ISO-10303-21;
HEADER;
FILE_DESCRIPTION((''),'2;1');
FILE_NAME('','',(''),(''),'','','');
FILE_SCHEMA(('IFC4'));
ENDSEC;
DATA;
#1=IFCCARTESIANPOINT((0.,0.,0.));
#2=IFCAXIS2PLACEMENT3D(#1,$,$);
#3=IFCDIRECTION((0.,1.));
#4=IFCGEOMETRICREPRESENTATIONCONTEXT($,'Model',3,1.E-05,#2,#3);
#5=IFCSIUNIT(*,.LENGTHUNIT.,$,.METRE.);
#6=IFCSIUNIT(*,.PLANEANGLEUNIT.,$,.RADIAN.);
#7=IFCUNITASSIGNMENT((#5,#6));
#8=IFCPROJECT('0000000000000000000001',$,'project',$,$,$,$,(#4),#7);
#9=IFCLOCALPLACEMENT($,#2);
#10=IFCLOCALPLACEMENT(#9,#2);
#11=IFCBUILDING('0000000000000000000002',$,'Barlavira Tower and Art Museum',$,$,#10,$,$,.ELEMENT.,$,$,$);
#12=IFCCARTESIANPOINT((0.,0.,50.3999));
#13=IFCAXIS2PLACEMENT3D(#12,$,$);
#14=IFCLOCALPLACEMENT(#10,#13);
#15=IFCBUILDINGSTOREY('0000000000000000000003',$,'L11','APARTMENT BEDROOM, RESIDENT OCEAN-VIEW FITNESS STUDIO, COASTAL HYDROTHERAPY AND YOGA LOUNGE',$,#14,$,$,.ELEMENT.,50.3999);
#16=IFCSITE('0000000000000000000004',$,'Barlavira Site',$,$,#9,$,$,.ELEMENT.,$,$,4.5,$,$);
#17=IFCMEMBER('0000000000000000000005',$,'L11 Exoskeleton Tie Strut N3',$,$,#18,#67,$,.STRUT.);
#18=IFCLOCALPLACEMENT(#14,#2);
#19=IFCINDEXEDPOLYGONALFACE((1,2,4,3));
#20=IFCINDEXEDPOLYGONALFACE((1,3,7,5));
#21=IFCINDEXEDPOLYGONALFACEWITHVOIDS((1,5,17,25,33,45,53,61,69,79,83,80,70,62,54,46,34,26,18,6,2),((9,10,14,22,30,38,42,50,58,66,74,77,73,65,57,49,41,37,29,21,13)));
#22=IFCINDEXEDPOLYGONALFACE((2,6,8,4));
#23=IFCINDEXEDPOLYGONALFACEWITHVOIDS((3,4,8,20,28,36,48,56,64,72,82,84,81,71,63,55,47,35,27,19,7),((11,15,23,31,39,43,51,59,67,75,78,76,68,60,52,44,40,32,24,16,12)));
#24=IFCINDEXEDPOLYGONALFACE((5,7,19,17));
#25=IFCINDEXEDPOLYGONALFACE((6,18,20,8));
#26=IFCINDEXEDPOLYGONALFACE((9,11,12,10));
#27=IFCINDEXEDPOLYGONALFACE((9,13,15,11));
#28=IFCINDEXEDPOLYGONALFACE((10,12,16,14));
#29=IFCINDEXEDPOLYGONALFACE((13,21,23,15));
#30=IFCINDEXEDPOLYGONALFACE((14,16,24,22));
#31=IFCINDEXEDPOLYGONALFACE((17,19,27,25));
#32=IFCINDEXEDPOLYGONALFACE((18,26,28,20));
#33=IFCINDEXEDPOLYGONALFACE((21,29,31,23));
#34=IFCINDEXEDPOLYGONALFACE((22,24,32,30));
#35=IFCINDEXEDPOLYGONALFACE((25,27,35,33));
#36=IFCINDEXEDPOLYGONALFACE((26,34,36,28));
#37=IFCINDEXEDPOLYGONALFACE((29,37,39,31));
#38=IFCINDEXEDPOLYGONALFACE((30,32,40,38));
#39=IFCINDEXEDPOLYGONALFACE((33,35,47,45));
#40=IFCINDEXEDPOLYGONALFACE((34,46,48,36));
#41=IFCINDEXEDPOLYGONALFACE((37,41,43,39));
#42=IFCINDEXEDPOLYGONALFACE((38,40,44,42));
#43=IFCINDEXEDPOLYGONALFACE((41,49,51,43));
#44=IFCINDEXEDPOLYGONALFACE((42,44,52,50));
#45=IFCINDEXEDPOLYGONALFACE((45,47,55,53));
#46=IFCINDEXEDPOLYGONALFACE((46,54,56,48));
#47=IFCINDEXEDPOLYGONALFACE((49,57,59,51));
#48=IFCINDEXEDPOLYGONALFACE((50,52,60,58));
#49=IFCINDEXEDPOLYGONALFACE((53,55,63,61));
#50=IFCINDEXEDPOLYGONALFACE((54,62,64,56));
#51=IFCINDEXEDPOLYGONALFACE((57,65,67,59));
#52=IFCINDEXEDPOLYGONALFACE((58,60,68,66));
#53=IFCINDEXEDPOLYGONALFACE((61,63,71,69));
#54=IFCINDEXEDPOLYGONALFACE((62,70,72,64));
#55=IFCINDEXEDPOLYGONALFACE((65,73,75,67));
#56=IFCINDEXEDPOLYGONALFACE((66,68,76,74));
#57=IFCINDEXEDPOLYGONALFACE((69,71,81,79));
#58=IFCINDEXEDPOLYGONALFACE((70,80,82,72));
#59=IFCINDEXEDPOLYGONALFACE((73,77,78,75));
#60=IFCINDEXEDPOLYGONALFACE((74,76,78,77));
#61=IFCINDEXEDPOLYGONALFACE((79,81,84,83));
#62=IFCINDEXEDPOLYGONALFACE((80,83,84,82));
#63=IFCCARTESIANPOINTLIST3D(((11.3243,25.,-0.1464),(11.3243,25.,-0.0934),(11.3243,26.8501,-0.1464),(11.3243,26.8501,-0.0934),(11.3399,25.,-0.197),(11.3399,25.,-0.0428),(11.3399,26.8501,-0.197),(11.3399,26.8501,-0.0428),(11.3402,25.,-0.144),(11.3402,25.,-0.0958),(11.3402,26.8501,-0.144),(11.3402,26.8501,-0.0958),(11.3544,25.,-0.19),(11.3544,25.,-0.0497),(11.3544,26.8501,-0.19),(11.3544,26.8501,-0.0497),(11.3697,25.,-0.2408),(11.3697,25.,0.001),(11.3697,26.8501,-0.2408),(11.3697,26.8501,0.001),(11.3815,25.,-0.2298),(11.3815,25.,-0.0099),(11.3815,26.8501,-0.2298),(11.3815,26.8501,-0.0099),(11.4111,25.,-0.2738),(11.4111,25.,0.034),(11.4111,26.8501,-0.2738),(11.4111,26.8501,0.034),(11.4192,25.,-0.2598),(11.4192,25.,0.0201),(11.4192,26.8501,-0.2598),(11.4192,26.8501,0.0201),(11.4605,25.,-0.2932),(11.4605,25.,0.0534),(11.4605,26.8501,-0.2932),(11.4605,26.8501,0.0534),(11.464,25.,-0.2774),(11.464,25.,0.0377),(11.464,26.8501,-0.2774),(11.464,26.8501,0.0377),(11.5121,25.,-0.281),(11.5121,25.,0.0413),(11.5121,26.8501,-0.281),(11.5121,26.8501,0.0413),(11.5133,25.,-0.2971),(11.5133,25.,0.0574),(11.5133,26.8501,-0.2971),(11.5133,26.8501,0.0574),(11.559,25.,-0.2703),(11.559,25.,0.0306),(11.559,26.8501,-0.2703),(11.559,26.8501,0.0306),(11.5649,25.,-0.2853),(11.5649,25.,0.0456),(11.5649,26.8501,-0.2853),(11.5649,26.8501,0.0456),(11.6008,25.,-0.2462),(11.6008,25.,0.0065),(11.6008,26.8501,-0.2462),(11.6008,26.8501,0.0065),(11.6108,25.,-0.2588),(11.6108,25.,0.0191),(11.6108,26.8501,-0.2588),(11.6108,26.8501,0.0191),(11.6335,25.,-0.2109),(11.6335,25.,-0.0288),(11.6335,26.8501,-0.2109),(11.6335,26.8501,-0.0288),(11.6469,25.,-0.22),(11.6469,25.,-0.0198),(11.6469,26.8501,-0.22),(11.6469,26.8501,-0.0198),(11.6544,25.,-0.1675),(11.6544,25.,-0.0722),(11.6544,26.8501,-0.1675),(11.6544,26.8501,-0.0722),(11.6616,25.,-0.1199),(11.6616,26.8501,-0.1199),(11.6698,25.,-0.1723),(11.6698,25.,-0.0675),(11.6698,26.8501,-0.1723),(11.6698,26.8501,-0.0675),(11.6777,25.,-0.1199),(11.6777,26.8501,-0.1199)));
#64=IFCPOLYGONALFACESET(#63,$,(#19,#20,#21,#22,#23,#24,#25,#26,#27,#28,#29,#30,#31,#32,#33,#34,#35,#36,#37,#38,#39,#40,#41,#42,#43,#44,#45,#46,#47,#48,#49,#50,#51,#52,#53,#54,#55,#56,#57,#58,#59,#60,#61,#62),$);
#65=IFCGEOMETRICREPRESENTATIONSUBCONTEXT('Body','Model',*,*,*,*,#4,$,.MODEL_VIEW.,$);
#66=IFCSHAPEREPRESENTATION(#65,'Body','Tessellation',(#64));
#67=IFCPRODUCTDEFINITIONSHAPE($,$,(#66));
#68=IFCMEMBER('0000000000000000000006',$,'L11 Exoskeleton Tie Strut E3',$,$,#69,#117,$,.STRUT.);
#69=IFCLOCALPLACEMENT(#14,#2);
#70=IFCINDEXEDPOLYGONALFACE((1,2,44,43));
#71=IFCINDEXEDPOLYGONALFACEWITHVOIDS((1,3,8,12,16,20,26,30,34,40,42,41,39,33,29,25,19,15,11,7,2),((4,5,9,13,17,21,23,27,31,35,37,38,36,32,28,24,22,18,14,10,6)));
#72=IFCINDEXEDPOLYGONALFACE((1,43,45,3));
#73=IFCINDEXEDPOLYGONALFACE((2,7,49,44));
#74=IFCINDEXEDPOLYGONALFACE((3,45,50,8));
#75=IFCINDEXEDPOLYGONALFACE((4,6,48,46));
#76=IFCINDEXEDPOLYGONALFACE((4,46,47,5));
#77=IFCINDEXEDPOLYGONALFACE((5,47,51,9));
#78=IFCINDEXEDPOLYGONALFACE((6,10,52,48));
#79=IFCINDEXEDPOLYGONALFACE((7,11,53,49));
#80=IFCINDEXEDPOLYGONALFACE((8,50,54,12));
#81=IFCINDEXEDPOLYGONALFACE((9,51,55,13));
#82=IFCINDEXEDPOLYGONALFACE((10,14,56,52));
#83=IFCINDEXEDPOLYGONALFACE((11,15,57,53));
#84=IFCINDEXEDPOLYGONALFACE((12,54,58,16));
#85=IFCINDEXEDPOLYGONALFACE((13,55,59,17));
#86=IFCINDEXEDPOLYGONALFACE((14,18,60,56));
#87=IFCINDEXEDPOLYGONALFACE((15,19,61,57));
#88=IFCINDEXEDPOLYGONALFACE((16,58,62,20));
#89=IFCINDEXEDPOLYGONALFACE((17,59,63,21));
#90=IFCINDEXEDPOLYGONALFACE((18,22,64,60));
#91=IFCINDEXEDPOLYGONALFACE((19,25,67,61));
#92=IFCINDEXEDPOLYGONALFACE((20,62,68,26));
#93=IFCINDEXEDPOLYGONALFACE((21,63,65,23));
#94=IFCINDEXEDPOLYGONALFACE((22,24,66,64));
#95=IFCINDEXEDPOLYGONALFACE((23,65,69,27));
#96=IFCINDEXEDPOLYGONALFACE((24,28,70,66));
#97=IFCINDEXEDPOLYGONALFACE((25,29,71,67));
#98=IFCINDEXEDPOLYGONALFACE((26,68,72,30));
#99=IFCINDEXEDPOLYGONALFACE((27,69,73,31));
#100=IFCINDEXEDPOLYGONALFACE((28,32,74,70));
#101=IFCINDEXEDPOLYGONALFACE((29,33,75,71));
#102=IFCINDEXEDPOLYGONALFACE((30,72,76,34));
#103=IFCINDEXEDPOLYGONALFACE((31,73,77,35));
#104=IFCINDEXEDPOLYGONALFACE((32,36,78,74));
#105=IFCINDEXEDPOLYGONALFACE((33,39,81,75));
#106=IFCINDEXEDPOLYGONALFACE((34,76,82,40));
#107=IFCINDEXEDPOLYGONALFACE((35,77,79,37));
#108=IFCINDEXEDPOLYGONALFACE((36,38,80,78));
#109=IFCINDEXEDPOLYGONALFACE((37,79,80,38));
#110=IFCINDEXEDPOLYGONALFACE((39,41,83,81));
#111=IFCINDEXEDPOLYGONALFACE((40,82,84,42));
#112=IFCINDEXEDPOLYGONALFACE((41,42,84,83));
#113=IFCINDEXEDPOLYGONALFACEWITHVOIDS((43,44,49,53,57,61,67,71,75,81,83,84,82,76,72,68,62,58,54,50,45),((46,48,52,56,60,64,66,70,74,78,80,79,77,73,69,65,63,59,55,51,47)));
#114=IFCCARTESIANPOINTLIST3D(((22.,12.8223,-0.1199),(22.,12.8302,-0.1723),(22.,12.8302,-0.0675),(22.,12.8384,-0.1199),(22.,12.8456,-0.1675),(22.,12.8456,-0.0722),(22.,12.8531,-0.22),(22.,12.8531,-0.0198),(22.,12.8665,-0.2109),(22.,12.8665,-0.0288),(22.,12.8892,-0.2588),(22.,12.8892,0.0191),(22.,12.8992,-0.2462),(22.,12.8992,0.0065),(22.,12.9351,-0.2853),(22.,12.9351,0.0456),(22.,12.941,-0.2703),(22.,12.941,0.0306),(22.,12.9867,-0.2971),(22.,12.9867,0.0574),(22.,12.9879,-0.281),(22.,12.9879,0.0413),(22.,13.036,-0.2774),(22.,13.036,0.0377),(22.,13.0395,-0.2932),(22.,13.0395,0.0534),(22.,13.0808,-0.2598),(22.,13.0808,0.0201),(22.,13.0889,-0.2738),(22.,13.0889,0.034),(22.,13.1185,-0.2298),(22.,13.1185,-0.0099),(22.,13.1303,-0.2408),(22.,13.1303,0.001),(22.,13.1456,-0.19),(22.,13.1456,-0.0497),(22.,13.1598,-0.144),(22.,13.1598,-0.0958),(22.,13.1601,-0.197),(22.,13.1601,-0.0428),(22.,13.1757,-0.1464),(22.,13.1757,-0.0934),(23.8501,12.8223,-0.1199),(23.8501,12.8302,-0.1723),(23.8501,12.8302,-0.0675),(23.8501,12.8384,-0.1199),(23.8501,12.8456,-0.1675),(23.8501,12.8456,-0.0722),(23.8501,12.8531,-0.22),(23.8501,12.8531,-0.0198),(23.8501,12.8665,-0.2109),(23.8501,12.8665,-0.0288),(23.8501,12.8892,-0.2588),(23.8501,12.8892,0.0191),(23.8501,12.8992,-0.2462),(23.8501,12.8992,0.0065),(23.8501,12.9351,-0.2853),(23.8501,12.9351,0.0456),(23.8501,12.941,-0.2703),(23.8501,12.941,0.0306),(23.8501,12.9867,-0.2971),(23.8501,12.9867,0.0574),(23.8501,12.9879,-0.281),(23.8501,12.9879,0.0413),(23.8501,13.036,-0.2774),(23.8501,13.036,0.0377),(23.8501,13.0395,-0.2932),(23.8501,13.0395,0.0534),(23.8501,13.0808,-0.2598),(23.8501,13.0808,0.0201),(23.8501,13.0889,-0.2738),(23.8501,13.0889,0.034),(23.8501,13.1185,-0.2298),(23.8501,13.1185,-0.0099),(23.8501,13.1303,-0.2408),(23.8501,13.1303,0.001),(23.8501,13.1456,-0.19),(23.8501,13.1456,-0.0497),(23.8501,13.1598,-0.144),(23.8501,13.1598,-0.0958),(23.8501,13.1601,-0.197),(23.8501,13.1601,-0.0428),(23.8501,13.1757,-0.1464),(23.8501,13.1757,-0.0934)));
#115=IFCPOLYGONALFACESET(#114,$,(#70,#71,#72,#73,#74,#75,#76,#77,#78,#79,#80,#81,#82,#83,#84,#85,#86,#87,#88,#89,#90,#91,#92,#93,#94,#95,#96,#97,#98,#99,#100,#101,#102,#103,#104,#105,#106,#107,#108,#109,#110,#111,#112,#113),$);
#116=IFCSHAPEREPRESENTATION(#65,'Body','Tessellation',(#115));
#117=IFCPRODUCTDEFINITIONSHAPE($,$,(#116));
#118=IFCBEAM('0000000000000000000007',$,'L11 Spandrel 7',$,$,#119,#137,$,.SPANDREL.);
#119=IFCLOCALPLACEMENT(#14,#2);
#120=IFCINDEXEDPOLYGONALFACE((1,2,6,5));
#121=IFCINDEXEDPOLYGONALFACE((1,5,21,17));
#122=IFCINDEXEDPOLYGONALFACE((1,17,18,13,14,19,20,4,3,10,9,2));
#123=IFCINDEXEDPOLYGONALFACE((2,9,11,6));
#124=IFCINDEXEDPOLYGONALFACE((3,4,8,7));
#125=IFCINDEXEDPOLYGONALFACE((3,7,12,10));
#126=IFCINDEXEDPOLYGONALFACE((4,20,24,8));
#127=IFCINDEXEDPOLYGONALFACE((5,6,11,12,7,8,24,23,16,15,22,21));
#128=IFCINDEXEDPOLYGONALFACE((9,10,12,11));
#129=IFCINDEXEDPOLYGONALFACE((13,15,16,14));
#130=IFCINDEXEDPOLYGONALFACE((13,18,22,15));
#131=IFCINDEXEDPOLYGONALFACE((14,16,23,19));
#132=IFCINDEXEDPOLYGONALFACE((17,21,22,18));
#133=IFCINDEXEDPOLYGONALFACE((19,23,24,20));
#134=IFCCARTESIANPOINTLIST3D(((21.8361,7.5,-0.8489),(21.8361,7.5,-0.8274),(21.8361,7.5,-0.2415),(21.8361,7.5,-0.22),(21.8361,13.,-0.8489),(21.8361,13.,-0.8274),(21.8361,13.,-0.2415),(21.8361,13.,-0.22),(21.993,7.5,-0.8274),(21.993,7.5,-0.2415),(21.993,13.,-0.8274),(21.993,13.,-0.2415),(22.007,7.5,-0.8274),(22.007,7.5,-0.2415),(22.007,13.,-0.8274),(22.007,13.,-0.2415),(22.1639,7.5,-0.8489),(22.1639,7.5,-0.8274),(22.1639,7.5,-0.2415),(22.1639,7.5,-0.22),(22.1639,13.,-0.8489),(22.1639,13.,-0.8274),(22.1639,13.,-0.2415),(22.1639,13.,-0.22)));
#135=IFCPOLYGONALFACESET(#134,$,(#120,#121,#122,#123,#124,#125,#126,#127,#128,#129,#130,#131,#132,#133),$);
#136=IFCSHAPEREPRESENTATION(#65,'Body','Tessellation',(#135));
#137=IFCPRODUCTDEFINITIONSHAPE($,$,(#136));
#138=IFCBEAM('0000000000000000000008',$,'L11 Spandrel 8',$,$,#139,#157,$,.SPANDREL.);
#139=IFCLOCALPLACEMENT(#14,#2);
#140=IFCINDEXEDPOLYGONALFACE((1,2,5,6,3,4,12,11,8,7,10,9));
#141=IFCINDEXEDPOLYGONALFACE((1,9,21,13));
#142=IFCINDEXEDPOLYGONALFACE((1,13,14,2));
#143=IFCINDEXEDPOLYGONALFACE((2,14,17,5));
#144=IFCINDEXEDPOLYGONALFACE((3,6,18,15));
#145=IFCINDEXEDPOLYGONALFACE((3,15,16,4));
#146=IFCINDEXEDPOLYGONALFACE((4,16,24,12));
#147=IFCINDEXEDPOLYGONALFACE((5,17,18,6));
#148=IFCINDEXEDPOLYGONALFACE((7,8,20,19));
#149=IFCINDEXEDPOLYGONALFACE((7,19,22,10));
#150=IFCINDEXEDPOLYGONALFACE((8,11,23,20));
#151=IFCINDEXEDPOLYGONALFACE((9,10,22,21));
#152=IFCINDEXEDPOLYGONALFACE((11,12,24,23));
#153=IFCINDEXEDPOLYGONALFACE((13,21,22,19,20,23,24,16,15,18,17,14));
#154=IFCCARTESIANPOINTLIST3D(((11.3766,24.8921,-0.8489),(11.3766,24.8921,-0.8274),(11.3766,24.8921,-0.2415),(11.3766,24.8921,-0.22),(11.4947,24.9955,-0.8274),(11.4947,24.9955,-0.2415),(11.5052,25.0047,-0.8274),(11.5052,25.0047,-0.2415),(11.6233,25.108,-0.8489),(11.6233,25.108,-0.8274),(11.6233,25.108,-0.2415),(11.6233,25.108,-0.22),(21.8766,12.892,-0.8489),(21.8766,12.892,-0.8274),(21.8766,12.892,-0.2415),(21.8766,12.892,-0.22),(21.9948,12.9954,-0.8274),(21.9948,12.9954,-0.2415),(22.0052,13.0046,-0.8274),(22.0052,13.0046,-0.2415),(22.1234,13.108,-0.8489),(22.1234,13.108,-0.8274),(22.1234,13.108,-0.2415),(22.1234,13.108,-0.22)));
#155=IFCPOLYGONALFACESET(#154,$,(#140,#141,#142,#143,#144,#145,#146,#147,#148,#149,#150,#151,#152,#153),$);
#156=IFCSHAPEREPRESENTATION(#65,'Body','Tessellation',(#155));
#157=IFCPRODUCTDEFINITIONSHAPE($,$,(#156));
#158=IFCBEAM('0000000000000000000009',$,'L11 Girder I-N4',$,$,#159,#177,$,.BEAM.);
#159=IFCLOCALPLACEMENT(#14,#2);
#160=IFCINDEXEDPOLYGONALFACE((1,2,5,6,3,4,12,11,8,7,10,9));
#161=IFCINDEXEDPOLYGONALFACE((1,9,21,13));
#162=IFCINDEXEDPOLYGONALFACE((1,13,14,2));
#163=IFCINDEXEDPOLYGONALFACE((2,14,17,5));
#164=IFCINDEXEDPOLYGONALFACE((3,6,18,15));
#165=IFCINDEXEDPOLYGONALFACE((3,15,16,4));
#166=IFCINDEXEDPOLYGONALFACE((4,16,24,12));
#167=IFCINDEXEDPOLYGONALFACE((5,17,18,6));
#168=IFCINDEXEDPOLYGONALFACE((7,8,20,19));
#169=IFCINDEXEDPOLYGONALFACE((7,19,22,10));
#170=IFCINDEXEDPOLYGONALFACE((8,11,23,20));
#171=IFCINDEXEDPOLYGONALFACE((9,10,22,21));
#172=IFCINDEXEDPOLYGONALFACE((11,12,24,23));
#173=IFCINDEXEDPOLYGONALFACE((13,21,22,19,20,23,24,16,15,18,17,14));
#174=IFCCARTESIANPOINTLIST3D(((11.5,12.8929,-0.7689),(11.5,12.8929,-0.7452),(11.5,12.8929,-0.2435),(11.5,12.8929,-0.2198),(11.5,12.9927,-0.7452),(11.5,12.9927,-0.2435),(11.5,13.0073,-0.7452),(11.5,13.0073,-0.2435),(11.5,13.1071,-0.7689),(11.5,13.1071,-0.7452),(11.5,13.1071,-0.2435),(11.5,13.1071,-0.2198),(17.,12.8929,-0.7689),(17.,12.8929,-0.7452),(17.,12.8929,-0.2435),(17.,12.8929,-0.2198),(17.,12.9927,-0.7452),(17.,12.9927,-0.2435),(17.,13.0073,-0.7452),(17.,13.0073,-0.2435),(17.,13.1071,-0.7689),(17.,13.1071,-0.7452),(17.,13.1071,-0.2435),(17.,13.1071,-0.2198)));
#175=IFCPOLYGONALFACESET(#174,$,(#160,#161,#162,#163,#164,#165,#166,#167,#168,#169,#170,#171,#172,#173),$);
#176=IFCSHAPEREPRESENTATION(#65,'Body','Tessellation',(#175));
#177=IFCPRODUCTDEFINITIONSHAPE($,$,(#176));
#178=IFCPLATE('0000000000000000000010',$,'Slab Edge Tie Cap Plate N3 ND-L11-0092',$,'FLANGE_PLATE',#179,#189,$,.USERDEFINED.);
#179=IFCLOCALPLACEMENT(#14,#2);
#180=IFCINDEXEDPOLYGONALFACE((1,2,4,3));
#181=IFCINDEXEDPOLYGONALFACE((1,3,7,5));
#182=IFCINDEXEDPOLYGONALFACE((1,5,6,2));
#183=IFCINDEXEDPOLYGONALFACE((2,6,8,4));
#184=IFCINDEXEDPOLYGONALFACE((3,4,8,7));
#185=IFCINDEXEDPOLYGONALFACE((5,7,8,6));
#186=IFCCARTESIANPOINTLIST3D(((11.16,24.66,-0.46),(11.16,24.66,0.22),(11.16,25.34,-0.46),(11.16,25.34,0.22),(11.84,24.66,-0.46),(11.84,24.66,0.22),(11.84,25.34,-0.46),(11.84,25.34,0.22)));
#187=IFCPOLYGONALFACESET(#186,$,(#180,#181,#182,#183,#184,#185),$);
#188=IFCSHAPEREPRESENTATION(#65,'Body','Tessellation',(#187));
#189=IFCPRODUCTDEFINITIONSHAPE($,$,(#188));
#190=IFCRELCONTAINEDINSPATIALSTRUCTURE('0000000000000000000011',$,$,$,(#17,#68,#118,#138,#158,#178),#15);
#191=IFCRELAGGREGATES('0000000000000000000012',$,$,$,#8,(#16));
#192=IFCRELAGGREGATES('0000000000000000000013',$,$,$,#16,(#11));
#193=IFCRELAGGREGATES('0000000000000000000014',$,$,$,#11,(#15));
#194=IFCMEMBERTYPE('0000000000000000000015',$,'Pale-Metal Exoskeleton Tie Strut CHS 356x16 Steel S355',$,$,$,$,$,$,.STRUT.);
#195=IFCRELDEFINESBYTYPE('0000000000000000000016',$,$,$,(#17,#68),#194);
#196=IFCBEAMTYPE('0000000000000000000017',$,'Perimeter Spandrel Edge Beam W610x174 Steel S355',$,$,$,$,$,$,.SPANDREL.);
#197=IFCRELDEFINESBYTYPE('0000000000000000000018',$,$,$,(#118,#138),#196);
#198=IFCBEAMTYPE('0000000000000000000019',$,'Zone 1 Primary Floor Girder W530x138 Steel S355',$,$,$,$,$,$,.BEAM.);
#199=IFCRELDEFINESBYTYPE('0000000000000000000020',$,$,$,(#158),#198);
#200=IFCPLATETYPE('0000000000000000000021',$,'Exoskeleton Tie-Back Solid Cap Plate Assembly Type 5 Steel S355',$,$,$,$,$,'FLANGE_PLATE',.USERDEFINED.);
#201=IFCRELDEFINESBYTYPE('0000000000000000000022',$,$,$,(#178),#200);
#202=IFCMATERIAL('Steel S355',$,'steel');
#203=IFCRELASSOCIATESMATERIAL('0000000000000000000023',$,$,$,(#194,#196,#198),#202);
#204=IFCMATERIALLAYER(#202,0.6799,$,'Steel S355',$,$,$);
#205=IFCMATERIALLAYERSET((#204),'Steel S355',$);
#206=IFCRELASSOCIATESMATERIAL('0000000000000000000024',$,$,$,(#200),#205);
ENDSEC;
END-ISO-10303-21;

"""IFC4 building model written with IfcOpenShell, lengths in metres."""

from ifc_helpers import new_model, si_unit, direction, frame, origin, origin_2d, place, context, subcontext, project, spatial, rectangle, hollow_circle, i_section, extrude, material, layer, layer_set, material_profile, profile_set, type_object, element, save


model = new_model("IFC4")

# Units and contexts
model_context = context("Model", 3, precision=1e-05, world=origin(), true_north=direction((0.0, 1.0)))
body_context = subcontext(model_context, "Body", "Model", "MODEL_VIEW")
ifc_project = project(units=[si_unit("LENGTHUNIT", "METRE"), si_unit("PLANEANGLEUNIT", "RADIAN")], contexts=[model_context])

# Site, building, storey
site_placement = place(None, origin())
site = spatial("IfcSite", under=ifc_project, at=site_placement, Name="Barlavira Site", CompositionType="ELEMENT", RefElevation=4.5)
building_placement = place(site_placement, origin())
building = spatial("IfcBuilding", under=site, at=building_placement, Name="Barlavira Tower and Art Museum", CompositionType="ELEMENT")
storey_placement = place(building_placement, frame((0.0, 0.0, 50.3999)))
storey = spatial("IfcBuildingStorey", under=building, at=storey_placement, Name="L11", Description="APARTMENT BEDROOM, RESIDENT OCEAN-VIEW FITNESS STUDIO, COASTAL HYDROTHERAPY AND YOGA LOUNGE", CompositionType="ELEMENT", Elevation=50.3999)

# Members
ifc_material_1 = material(Name="Steel S355", Category="steel")
ifc_material_profile_1 = material_profile(ifc_material_1, hollow_circle(Radius=0.1777, WallThickness=0.0161, at=origin_2d()), Name="CHS 355.6x16.0")
ifc_profile_set_1 = profile_set([ifc_material_profile_1], Name="Steel S355")
member_type_1 = type_object("IfcMemberType", Name="Pale-Metal Exoskeleton Tie Strut CHS 356x16 Steel S355", PredefinedType="STRUT", material=ifc_profile_set_1)
for number, where, z_axis, x_axis, name in (
    (1, (11.5, 26.8501, -0.1199), (0.0, -1.0, 0.0), (1.0, 0.0, 0.0), "L11 Exoskeleton Tie Strut N3"),
    (2, (23.8501, 13.0, -0.1199), (-1.0, 0.0, 0.0), (0.0, -1.0, 0.0), "L11 Exoskeleton Tie Strut E3"),
):
    element("IfcMember", number, at=place(storey_placement, frame(where, z_axis=z_axis, x_axis=x_axis)), inside=storey, type_object=member_type_1, Name=name, PredefinedType="STRUT", context=body_context, shape_type="SweptSolid", body=[
        extrude(hollow_circle(Radius=0.1777, WallThickness=0.0161, at=origin_2d()), origin(), (0.0, 0.0, 1.0), 1.8501),
    ])

# Beams
ifc_material_profile_2 = material_profile(ifc_material_1, i_section(OverallWidth=0.3279, OverallDepth=0.6289, WebThickness=0.0139, FlangeThickness=0.0215, at=origin_2d()), Name="W610x174.0")
ifc_profile_set_2 = profile_set([ifc_material_profile_2], Name="Steel S355")
beam_type_1 = type_object("IfcBeamType", Name="Perimeter Spandrel Edge Beam W610x174 Steel S355", PredefinedType="SPANDREL", material=ifc_profile_set_2)
beam_1_placement = place(storey_placement, frame((22.0, 7.5, -0.5344), z_axis=(0.0, 1.0, 0.0), x_axis=(-1.0, 0.0, 0.0)))
element("IfcBeam", 3, at=beam_1_placement, inside=storey, type_object=beam_type_1, Name="L11 Spandrel 7", PredefinedType="SPANDREL", context=body_context, shape_type="SweptSolid", body=[
    extrude(i_section(OverallWidth=0.3279, OverallDepth=0.6289, WebThickness=0.0139, FlangeThickness=0.0215, at=origin_2d()), origin(), (0.0, 0.0, 1.0), 5.5),
])
beam_2_placement = place(storey_placement, frame((22.0, 13.0, -0.5344), z_axis=(-0.658505, 0.752577, 0.0), x_axis=(-0.752577, -0.658505, 0.0)))
element("IfcBeam", 4, at=beam_2_placement, inside=storey, type_object=beam_type_1, Name="L11 Spandrel 8", PredefinedType="SPANDREL", context=body_context, shape_type="SweptSolid", body=[
    extrude(i_section(OverallWidth=0.3279, OverallDepth=0.6289, WebThickness=0.0139, FlangeThickness=0.0215, at=origin_2d()), origin(), (0.0, 0.0, 1.0), 15.9453),
])
ifc_material_profile_3 = material_profile(ifc_material_1, i_section(OverallWidth=0.2141, OverallDepth=0.5491, WebThickness=0.0146, FlangeThickness=0.0237, at=origin_2d()), Name="W530x138.0")
ifc_profile_set_3 = profile_set([ifc_material_profile_3], Name="Steel S355")
beam_type_2 = type_object("IfcBeamType", Name="Zone 1 Primary Floor Girder W530x138 Steel S355", PredefinedType="BEAM", material=ifc_profile_set_3)
beam_3_placement = place(storey_placement, frame((11.5, 13.0, -0.4944), z_axis=(1.0, 0.0, 0.0), x_axis=(0.0, 1.0, 0.0)))
element("IfcBeam", 5, at=beam_3_placement, inside=storey, type_object=beam_type_2, Name="L11 Girder I-N4", PredefinedType="BEAM", context=body_context, shape_type="SweptSolid", body=[
    extrude(i_section(OverallWidth=0.2141, OverallDepth=0.5491, WebThickness=0.0146, FlangeThickness=0.0237, at=origin_2d()), origin(), (0.0, 0.0, 1.0), 5.5),
])

# Plate
ifc_layer_1 = layer(ifc_material_1, 0.6799, Name="Steel S355")
ifc_layer_set_1 = layer_set([ifc_layer_1], Name="Steel S355")
plate_type = type_object("IfcPlateType", Name="Exoskeleton Tie-Back Solid Cap Plate Assembly Type 5 Steel S355", ElementType="FLANGE_PLATE", PredefinedType="USERDEFINED", material=ifc_layer_set_1)
for number, where, z_axis, x_axis, name in (
    (6, (11.5, 25.0, -0.46), (0.0, 0.0, 1.0), (1.0, 0.0, 0.0), "Slab Edge Tie Cap Plate N3 ND-L11-0092"),
):
    element("IfcPlate", number, at=place(storey_placement, frame(where, z_axis=z_axis, x_axis=x_axis)), inside=storey, type_object=plate_type, Name=name, ObjectType="FLANGE_PLATE", PredefinedType="USERDEFINED", context=body_context, shape_type="SweptSolid", body=[
        extrude(rectangle(XDim=0.6799, YDim=0.6799, at=origin_2d()), origin(), (0.0, 0.0, 1.0), 0.6799),
    ])

save(model, "model.ifc")
